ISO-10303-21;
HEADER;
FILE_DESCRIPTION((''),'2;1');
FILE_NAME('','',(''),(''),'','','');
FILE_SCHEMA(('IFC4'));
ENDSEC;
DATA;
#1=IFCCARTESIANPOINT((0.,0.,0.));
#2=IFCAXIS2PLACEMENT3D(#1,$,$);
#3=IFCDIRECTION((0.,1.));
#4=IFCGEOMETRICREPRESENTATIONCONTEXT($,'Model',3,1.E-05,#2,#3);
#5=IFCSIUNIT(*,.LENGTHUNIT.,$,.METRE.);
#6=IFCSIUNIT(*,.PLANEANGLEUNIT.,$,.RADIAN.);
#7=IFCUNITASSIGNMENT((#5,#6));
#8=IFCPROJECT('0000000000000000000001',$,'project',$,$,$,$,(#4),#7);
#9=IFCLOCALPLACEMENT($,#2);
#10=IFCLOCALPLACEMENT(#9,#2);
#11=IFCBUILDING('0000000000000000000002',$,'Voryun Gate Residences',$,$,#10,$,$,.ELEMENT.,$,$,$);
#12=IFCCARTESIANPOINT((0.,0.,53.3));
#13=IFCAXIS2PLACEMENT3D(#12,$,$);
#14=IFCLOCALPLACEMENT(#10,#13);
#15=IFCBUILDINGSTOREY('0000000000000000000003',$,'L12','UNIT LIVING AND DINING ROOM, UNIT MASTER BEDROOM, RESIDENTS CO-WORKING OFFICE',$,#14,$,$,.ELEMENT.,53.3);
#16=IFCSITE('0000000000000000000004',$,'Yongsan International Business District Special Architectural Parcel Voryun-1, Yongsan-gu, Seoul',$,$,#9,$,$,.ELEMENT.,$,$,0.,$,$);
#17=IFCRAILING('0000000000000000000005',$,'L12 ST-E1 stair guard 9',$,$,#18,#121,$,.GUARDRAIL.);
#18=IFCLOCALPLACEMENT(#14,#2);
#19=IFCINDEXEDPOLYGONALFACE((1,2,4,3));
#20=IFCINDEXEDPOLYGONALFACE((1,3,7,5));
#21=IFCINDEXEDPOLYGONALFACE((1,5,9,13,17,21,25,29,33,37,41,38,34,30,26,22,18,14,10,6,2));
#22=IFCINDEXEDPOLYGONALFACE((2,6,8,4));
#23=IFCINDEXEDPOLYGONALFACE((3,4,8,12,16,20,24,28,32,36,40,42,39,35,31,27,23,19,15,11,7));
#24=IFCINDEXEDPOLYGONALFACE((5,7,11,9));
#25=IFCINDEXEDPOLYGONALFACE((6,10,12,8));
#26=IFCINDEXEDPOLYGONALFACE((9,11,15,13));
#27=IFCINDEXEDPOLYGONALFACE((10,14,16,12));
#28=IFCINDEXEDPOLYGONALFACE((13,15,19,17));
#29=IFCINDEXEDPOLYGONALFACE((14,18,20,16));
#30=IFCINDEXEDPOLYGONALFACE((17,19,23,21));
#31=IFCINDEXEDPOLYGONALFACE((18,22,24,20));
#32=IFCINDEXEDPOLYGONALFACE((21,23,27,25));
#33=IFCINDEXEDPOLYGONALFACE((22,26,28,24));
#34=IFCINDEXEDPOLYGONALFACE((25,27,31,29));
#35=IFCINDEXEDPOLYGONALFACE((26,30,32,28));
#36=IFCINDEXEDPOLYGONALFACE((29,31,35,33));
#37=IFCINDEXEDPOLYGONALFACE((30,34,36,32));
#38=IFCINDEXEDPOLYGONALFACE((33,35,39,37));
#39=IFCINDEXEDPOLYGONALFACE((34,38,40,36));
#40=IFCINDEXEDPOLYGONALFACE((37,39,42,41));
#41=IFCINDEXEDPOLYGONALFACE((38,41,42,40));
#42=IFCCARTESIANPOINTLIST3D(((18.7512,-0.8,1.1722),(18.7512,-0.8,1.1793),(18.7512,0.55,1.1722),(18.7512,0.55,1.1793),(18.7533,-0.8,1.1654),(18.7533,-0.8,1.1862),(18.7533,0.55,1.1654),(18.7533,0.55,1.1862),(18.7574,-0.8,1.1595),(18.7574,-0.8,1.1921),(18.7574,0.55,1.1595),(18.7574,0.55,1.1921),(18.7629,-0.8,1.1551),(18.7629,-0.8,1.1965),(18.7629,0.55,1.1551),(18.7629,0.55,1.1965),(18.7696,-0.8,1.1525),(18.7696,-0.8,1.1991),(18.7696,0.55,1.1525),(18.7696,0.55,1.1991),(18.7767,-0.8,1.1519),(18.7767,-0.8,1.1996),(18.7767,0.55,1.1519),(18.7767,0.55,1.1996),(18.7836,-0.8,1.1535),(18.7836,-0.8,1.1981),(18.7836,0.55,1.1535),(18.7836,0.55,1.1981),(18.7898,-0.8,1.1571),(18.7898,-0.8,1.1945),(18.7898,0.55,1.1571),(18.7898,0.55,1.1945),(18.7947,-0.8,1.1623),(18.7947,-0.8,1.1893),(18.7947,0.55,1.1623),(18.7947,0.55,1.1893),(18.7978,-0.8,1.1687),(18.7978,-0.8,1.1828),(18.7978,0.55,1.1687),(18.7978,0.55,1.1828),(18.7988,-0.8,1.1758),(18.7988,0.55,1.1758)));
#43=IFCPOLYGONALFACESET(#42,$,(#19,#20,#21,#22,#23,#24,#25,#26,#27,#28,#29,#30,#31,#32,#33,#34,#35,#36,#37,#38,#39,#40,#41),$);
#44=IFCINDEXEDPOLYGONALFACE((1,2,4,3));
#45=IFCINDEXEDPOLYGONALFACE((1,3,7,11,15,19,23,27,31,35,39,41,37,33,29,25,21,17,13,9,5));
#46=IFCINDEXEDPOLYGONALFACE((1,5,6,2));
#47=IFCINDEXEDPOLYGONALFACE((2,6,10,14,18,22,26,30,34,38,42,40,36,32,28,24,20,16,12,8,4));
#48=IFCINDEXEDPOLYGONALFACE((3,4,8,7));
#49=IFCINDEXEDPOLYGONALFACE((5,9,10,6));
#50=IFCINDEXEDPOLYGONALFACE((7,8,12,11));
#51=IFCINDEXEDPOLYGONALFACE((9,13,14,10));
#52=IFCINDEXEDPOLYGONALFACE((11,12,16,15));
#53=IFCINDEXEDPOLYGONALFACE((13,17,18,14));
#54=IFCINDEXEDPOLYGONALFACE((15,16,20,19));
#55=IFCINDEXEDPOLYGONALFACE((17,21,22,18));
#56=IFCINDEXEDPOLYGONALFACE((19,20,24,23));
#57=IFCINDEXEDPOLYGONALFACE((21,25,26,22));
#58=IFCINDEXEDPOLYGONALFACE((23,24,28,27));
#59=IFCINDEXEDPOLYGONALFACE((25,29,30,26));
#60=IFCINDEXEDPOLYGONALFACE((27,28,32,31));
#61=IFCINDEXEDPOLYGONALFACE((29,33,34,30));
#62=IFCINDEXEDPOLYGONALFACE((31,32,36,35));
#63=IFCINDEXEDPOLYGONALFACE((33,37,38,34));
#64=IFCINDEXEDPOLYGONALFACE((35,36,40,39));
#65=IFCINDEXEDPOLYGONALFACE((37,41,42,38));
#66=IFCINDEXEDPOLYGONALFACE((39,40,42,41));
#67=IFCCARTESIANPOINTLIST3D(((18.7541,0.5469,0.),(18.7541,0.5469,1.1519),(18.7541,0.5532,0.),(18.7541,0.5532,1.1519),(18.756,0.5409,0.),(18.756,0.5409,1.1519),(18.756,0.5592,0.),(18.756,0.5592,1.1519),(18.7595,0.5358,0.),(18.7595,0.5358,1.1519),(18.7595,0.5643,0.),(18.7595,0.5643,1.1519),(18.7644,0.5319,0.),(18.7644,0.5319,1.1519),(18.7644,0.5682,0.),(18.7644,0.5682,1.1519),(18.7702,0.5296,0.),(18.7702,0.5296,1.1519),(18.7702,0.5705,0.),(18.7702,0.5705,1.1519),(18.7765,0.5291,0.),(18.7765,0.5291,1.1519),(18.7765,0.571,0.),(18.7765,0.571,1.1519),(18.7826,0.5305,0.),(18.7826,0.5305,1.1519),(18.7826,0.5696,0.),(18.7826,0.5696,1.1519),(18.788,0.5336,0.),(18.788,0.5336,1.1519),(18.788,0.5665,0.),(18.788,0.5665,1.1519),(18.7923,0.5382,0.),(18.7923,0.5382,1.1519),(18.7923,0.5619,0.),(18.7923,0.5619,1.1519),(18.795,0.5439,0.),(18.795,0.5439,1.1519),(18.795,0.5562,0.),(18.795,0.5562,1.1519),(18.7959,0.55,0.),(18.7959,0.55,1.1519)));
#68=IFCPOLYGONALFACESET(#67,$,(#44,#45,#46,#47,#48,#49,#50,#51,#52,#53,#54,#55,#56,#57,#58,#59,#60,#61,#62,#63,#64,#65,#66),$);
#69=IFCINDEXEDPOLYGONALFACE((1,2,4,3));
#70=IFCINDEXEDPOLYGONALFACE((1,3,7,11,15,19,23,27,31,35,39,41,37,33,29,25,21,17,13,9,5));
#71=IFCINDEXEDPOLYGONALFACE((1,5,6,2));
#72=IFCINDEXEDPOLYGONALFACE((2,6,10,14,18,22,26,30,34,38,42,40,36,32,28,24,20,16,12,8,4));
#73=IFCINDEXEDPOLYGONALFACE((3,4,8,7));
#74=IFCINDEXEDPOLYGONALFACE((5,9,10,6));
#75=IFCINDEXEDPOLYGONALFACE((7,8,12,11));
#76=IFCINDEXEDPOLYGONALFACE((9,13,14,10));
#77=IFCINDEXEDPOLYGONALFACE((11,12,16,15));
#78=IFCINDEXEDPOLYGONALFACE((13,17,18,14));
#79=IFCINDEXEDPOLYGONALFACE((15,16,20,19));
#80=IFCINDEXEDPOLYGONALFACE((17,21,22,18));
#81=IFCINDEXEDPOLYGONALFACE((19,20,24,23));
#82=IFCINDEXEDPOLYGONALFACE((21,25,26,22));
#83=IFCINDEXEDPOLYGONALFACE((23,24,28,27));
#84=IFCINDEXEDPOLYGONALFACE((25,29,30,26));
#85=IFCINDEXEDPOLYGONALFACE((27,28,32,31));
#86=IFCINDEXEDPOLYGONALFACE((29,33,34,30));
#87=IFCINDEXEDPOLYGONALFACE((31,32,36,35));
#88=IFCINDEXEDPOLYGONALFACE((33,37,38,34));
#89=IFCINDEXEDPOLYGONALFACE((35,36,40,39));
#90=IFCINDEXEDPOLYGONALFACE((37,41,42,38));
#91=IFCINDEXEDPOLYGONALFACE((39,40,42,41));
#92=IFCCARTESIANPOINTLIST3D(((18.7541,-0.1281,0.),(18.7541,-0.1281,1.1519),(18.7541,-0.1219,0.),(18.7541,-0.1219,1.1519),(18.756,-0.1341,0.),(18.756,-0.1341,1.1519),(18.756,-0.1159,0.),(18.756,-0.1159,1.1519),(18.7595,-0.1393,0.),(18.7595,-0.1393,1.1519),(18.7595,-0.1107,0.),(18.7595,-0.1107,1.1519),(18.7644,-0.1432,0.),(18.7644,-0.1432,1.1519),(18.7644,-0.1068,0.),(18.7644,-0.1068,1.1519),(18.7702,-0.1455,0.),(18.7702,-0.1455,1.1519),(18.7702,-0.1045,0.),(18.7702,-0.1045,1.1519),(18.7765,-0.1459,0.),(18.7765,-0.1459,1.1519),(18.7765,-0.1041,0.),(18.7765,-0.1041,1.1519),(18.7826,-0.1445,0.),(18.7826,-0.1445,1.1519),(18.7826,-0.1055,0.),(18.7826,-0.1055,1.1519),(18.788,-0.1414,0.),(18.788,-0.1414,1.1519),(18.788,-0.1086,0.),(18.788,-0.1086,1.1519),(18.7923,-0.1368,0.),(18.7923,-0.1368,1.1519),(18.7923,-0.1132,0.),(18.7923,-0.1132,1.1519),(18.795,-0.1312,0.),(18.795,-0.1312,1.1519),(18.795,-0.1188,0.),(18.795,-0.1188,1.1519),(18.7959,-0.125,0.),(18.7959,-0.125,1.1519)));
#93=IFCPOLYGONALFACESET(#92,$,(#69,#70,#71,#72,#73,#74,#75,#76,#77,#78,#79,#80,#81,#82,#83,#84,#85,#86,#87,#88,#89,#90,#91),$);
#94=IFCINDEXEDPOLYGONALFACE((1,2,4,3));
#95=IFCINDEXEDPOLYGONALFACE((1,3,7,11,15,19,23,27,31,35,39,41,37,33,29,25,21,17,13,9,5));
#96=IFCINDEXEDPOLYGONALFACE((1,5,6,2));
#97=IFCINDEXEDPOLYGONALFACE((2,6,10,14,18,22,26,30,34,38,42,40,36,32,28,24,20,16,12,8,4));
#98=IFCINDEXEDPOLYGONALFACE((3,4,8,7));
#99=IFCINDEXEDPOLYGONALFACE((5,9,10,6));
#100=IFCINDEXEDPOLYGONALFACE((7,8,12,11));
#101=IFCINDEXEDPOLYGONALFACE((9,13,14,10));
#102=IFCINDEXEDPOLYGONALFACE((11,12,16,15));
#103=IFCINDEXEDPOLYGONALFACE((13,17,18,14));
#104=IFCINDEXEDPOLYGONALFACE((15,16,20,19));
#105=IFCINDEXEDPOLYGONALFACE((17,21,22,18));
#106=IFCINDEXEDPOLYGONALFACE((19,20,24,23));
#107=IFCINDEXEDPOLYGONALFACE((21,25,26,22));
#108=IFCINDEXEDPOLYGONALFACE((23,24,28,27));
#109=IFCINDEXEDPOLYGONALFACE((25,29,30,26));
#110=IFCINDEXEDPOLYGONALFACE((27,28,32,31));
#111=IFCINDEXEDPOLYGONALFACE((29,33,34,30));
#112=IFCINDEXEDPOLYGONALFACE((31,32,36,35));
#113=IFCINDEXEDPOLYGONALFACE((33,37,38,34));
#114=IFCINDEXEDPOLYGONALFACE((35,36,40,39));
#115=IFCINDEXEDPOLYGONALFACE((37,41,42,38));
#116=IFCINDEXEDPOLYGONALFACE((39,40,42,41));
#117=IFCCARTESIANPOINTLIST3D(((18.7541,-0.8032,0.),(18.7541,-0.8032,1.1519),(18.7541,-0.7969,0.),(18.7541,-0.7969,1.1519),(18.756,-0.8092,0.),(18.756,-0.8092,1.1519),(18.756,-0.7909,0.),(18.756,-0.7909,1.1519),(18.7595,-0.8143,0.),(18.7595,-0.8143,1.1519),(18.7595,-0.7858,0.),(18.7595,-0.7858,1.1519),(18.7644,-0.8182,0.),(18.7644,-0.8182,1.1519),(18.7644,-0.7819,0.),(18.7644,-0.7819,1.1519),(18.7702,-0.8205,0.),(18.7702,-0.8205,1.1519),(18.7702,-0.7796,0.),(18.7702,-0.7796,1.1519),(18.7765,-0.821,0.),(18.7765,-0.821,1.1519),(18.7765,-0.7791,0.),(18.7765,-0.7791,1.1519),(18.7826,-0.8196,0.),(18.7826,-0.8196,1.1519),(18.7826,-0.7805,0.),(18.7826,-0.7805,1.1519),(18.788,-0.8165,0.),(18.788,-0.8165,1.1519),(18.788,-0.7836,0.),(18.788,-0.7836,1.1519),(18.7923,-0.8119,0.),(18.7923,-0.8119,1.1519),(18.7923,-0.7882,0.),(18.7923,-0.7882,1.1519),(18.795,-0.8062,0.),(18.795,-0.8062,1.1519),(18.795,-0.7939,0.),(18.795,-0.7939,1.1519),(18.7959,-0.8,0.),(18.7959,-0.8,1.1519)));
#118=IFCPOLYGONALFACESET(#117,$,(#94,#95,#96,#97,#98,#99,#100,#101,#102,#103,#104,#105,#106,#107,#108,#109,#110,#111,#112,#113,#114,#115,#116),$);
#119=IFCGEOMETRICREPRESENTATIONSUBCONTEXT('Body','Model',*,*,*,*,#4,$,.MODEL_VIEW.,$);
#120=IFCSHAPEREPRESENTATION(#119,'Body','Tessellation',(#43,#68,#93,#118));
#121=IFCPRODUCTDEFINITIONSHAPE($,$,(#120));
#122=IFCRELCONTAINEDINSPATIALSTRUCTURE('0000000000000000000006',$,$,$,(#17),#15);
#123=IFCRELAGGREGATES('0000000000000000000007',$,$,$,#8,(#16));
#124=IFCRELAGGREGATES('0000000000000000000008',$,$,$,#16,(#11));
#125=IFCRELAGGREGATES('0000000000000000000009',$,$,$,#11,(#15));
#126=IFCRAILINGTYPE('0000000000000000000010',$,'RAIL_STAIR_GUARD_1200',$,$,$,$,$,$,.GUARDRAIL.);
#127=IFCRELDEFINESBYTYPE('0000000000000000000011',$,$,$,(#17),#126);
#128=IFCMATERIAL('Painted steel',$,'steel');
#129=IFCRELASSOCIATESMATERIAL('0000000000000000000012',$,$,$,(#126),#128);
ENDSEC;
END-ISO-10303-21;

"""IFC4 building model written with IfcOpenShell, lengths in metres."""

from ifc_helpers import new_model, si_unit, direction, frame, origin, origin_2d, place, context, subcontext, project, spatial, circle, extrude, material, type_object, element, save


model = new_model("IFC4")

# Units and contexts
model_context = context("Model", 3, precision=1e-05, world=origin(), true_north=direction((0.0, 1.0)))
body_context = subcontext(model_context, "Body", "Model", "MODEL_VIEW")
ifc_project = project(units=[si_unit("LENGTHUNIT", "METRE"), si_unit("PLANEANGLEUNIT", "RADIAN")], contexts=[model_context])

# Site, building, storey
site_placement = place(None, origin())
site = spatial("IfcSite", under=ifc_project, at=site_placement, Name="Yongsan International Business District Special Architectural Parcel Voryun-1, Yongsan-gu, Seoul", CompositionType="ELEMENT", RefElevation=0.0)
building_placement = place(site_placement, origin())
building = spatial("IfcBuilding", under=site, at=building_placement, Name="Voryun Gate Residences", CompositionType="ELEMENT")
storey_placement = place(building_placement, frame((0.0, 0.0, 53.3)))
storey = spatial("IfcBuildingStorey", under=building, at=storey_placement, Name="L12", Description="UNIT LIVING AND DINING ROOM, UNIT MASTER BEDROOM, RESIDENTS CO-WORKING OFFICE", CompositionType="ELEMENT", Elevation=53.3)

# Railing
ifc_material_1 = material(Name="Painted steel", Category="steel")
railing_type = type_object("IfcRailingType", Name="RAIL_STAIR_GUARD_1200", PredefinedType="GUARDRAIL", material=ifc_material_1)
for number, where, name in (
    (1, (18.7749, 0.55, 0.0), "L12 ST-E1 stair guard 9"),
):
    element("IfcRailing", number, at=place(storey_placement, frame(where)), inside=storey, type_object=railing_type, Name=name, PredefinedType="GUARDRAIL", context=body_context, shape_type="SweptSolid", body=[
        extrude(circle(Radius=0.0239, at=origin_2d()), frame((0.0, 0.0, 1.1758), z_axis=(0.0, -1.0, 0.0), x_axis=(1.0, 0.0, 0.0)), (0.0, 0.0, 1.0), 1.3501),
        extrude(circle(Radius=0.021, at=origin_2d()), origin(), (0.0, 0.0, 1.0), 1.1519),
        extrude(circle(Radius=0.021, at=origin_2d()), frame((0.0, -0.675, 0.0)), (0.0, 0.0, 1.0), 1.1519),
        extrude(circle(Radius=0.021, at=origin_2d()), frame((0.0, -1.3501, 0.0)), (0.0, 0.0, 1.0), 1.1519),
    ])

save(model, "model.ifc")
